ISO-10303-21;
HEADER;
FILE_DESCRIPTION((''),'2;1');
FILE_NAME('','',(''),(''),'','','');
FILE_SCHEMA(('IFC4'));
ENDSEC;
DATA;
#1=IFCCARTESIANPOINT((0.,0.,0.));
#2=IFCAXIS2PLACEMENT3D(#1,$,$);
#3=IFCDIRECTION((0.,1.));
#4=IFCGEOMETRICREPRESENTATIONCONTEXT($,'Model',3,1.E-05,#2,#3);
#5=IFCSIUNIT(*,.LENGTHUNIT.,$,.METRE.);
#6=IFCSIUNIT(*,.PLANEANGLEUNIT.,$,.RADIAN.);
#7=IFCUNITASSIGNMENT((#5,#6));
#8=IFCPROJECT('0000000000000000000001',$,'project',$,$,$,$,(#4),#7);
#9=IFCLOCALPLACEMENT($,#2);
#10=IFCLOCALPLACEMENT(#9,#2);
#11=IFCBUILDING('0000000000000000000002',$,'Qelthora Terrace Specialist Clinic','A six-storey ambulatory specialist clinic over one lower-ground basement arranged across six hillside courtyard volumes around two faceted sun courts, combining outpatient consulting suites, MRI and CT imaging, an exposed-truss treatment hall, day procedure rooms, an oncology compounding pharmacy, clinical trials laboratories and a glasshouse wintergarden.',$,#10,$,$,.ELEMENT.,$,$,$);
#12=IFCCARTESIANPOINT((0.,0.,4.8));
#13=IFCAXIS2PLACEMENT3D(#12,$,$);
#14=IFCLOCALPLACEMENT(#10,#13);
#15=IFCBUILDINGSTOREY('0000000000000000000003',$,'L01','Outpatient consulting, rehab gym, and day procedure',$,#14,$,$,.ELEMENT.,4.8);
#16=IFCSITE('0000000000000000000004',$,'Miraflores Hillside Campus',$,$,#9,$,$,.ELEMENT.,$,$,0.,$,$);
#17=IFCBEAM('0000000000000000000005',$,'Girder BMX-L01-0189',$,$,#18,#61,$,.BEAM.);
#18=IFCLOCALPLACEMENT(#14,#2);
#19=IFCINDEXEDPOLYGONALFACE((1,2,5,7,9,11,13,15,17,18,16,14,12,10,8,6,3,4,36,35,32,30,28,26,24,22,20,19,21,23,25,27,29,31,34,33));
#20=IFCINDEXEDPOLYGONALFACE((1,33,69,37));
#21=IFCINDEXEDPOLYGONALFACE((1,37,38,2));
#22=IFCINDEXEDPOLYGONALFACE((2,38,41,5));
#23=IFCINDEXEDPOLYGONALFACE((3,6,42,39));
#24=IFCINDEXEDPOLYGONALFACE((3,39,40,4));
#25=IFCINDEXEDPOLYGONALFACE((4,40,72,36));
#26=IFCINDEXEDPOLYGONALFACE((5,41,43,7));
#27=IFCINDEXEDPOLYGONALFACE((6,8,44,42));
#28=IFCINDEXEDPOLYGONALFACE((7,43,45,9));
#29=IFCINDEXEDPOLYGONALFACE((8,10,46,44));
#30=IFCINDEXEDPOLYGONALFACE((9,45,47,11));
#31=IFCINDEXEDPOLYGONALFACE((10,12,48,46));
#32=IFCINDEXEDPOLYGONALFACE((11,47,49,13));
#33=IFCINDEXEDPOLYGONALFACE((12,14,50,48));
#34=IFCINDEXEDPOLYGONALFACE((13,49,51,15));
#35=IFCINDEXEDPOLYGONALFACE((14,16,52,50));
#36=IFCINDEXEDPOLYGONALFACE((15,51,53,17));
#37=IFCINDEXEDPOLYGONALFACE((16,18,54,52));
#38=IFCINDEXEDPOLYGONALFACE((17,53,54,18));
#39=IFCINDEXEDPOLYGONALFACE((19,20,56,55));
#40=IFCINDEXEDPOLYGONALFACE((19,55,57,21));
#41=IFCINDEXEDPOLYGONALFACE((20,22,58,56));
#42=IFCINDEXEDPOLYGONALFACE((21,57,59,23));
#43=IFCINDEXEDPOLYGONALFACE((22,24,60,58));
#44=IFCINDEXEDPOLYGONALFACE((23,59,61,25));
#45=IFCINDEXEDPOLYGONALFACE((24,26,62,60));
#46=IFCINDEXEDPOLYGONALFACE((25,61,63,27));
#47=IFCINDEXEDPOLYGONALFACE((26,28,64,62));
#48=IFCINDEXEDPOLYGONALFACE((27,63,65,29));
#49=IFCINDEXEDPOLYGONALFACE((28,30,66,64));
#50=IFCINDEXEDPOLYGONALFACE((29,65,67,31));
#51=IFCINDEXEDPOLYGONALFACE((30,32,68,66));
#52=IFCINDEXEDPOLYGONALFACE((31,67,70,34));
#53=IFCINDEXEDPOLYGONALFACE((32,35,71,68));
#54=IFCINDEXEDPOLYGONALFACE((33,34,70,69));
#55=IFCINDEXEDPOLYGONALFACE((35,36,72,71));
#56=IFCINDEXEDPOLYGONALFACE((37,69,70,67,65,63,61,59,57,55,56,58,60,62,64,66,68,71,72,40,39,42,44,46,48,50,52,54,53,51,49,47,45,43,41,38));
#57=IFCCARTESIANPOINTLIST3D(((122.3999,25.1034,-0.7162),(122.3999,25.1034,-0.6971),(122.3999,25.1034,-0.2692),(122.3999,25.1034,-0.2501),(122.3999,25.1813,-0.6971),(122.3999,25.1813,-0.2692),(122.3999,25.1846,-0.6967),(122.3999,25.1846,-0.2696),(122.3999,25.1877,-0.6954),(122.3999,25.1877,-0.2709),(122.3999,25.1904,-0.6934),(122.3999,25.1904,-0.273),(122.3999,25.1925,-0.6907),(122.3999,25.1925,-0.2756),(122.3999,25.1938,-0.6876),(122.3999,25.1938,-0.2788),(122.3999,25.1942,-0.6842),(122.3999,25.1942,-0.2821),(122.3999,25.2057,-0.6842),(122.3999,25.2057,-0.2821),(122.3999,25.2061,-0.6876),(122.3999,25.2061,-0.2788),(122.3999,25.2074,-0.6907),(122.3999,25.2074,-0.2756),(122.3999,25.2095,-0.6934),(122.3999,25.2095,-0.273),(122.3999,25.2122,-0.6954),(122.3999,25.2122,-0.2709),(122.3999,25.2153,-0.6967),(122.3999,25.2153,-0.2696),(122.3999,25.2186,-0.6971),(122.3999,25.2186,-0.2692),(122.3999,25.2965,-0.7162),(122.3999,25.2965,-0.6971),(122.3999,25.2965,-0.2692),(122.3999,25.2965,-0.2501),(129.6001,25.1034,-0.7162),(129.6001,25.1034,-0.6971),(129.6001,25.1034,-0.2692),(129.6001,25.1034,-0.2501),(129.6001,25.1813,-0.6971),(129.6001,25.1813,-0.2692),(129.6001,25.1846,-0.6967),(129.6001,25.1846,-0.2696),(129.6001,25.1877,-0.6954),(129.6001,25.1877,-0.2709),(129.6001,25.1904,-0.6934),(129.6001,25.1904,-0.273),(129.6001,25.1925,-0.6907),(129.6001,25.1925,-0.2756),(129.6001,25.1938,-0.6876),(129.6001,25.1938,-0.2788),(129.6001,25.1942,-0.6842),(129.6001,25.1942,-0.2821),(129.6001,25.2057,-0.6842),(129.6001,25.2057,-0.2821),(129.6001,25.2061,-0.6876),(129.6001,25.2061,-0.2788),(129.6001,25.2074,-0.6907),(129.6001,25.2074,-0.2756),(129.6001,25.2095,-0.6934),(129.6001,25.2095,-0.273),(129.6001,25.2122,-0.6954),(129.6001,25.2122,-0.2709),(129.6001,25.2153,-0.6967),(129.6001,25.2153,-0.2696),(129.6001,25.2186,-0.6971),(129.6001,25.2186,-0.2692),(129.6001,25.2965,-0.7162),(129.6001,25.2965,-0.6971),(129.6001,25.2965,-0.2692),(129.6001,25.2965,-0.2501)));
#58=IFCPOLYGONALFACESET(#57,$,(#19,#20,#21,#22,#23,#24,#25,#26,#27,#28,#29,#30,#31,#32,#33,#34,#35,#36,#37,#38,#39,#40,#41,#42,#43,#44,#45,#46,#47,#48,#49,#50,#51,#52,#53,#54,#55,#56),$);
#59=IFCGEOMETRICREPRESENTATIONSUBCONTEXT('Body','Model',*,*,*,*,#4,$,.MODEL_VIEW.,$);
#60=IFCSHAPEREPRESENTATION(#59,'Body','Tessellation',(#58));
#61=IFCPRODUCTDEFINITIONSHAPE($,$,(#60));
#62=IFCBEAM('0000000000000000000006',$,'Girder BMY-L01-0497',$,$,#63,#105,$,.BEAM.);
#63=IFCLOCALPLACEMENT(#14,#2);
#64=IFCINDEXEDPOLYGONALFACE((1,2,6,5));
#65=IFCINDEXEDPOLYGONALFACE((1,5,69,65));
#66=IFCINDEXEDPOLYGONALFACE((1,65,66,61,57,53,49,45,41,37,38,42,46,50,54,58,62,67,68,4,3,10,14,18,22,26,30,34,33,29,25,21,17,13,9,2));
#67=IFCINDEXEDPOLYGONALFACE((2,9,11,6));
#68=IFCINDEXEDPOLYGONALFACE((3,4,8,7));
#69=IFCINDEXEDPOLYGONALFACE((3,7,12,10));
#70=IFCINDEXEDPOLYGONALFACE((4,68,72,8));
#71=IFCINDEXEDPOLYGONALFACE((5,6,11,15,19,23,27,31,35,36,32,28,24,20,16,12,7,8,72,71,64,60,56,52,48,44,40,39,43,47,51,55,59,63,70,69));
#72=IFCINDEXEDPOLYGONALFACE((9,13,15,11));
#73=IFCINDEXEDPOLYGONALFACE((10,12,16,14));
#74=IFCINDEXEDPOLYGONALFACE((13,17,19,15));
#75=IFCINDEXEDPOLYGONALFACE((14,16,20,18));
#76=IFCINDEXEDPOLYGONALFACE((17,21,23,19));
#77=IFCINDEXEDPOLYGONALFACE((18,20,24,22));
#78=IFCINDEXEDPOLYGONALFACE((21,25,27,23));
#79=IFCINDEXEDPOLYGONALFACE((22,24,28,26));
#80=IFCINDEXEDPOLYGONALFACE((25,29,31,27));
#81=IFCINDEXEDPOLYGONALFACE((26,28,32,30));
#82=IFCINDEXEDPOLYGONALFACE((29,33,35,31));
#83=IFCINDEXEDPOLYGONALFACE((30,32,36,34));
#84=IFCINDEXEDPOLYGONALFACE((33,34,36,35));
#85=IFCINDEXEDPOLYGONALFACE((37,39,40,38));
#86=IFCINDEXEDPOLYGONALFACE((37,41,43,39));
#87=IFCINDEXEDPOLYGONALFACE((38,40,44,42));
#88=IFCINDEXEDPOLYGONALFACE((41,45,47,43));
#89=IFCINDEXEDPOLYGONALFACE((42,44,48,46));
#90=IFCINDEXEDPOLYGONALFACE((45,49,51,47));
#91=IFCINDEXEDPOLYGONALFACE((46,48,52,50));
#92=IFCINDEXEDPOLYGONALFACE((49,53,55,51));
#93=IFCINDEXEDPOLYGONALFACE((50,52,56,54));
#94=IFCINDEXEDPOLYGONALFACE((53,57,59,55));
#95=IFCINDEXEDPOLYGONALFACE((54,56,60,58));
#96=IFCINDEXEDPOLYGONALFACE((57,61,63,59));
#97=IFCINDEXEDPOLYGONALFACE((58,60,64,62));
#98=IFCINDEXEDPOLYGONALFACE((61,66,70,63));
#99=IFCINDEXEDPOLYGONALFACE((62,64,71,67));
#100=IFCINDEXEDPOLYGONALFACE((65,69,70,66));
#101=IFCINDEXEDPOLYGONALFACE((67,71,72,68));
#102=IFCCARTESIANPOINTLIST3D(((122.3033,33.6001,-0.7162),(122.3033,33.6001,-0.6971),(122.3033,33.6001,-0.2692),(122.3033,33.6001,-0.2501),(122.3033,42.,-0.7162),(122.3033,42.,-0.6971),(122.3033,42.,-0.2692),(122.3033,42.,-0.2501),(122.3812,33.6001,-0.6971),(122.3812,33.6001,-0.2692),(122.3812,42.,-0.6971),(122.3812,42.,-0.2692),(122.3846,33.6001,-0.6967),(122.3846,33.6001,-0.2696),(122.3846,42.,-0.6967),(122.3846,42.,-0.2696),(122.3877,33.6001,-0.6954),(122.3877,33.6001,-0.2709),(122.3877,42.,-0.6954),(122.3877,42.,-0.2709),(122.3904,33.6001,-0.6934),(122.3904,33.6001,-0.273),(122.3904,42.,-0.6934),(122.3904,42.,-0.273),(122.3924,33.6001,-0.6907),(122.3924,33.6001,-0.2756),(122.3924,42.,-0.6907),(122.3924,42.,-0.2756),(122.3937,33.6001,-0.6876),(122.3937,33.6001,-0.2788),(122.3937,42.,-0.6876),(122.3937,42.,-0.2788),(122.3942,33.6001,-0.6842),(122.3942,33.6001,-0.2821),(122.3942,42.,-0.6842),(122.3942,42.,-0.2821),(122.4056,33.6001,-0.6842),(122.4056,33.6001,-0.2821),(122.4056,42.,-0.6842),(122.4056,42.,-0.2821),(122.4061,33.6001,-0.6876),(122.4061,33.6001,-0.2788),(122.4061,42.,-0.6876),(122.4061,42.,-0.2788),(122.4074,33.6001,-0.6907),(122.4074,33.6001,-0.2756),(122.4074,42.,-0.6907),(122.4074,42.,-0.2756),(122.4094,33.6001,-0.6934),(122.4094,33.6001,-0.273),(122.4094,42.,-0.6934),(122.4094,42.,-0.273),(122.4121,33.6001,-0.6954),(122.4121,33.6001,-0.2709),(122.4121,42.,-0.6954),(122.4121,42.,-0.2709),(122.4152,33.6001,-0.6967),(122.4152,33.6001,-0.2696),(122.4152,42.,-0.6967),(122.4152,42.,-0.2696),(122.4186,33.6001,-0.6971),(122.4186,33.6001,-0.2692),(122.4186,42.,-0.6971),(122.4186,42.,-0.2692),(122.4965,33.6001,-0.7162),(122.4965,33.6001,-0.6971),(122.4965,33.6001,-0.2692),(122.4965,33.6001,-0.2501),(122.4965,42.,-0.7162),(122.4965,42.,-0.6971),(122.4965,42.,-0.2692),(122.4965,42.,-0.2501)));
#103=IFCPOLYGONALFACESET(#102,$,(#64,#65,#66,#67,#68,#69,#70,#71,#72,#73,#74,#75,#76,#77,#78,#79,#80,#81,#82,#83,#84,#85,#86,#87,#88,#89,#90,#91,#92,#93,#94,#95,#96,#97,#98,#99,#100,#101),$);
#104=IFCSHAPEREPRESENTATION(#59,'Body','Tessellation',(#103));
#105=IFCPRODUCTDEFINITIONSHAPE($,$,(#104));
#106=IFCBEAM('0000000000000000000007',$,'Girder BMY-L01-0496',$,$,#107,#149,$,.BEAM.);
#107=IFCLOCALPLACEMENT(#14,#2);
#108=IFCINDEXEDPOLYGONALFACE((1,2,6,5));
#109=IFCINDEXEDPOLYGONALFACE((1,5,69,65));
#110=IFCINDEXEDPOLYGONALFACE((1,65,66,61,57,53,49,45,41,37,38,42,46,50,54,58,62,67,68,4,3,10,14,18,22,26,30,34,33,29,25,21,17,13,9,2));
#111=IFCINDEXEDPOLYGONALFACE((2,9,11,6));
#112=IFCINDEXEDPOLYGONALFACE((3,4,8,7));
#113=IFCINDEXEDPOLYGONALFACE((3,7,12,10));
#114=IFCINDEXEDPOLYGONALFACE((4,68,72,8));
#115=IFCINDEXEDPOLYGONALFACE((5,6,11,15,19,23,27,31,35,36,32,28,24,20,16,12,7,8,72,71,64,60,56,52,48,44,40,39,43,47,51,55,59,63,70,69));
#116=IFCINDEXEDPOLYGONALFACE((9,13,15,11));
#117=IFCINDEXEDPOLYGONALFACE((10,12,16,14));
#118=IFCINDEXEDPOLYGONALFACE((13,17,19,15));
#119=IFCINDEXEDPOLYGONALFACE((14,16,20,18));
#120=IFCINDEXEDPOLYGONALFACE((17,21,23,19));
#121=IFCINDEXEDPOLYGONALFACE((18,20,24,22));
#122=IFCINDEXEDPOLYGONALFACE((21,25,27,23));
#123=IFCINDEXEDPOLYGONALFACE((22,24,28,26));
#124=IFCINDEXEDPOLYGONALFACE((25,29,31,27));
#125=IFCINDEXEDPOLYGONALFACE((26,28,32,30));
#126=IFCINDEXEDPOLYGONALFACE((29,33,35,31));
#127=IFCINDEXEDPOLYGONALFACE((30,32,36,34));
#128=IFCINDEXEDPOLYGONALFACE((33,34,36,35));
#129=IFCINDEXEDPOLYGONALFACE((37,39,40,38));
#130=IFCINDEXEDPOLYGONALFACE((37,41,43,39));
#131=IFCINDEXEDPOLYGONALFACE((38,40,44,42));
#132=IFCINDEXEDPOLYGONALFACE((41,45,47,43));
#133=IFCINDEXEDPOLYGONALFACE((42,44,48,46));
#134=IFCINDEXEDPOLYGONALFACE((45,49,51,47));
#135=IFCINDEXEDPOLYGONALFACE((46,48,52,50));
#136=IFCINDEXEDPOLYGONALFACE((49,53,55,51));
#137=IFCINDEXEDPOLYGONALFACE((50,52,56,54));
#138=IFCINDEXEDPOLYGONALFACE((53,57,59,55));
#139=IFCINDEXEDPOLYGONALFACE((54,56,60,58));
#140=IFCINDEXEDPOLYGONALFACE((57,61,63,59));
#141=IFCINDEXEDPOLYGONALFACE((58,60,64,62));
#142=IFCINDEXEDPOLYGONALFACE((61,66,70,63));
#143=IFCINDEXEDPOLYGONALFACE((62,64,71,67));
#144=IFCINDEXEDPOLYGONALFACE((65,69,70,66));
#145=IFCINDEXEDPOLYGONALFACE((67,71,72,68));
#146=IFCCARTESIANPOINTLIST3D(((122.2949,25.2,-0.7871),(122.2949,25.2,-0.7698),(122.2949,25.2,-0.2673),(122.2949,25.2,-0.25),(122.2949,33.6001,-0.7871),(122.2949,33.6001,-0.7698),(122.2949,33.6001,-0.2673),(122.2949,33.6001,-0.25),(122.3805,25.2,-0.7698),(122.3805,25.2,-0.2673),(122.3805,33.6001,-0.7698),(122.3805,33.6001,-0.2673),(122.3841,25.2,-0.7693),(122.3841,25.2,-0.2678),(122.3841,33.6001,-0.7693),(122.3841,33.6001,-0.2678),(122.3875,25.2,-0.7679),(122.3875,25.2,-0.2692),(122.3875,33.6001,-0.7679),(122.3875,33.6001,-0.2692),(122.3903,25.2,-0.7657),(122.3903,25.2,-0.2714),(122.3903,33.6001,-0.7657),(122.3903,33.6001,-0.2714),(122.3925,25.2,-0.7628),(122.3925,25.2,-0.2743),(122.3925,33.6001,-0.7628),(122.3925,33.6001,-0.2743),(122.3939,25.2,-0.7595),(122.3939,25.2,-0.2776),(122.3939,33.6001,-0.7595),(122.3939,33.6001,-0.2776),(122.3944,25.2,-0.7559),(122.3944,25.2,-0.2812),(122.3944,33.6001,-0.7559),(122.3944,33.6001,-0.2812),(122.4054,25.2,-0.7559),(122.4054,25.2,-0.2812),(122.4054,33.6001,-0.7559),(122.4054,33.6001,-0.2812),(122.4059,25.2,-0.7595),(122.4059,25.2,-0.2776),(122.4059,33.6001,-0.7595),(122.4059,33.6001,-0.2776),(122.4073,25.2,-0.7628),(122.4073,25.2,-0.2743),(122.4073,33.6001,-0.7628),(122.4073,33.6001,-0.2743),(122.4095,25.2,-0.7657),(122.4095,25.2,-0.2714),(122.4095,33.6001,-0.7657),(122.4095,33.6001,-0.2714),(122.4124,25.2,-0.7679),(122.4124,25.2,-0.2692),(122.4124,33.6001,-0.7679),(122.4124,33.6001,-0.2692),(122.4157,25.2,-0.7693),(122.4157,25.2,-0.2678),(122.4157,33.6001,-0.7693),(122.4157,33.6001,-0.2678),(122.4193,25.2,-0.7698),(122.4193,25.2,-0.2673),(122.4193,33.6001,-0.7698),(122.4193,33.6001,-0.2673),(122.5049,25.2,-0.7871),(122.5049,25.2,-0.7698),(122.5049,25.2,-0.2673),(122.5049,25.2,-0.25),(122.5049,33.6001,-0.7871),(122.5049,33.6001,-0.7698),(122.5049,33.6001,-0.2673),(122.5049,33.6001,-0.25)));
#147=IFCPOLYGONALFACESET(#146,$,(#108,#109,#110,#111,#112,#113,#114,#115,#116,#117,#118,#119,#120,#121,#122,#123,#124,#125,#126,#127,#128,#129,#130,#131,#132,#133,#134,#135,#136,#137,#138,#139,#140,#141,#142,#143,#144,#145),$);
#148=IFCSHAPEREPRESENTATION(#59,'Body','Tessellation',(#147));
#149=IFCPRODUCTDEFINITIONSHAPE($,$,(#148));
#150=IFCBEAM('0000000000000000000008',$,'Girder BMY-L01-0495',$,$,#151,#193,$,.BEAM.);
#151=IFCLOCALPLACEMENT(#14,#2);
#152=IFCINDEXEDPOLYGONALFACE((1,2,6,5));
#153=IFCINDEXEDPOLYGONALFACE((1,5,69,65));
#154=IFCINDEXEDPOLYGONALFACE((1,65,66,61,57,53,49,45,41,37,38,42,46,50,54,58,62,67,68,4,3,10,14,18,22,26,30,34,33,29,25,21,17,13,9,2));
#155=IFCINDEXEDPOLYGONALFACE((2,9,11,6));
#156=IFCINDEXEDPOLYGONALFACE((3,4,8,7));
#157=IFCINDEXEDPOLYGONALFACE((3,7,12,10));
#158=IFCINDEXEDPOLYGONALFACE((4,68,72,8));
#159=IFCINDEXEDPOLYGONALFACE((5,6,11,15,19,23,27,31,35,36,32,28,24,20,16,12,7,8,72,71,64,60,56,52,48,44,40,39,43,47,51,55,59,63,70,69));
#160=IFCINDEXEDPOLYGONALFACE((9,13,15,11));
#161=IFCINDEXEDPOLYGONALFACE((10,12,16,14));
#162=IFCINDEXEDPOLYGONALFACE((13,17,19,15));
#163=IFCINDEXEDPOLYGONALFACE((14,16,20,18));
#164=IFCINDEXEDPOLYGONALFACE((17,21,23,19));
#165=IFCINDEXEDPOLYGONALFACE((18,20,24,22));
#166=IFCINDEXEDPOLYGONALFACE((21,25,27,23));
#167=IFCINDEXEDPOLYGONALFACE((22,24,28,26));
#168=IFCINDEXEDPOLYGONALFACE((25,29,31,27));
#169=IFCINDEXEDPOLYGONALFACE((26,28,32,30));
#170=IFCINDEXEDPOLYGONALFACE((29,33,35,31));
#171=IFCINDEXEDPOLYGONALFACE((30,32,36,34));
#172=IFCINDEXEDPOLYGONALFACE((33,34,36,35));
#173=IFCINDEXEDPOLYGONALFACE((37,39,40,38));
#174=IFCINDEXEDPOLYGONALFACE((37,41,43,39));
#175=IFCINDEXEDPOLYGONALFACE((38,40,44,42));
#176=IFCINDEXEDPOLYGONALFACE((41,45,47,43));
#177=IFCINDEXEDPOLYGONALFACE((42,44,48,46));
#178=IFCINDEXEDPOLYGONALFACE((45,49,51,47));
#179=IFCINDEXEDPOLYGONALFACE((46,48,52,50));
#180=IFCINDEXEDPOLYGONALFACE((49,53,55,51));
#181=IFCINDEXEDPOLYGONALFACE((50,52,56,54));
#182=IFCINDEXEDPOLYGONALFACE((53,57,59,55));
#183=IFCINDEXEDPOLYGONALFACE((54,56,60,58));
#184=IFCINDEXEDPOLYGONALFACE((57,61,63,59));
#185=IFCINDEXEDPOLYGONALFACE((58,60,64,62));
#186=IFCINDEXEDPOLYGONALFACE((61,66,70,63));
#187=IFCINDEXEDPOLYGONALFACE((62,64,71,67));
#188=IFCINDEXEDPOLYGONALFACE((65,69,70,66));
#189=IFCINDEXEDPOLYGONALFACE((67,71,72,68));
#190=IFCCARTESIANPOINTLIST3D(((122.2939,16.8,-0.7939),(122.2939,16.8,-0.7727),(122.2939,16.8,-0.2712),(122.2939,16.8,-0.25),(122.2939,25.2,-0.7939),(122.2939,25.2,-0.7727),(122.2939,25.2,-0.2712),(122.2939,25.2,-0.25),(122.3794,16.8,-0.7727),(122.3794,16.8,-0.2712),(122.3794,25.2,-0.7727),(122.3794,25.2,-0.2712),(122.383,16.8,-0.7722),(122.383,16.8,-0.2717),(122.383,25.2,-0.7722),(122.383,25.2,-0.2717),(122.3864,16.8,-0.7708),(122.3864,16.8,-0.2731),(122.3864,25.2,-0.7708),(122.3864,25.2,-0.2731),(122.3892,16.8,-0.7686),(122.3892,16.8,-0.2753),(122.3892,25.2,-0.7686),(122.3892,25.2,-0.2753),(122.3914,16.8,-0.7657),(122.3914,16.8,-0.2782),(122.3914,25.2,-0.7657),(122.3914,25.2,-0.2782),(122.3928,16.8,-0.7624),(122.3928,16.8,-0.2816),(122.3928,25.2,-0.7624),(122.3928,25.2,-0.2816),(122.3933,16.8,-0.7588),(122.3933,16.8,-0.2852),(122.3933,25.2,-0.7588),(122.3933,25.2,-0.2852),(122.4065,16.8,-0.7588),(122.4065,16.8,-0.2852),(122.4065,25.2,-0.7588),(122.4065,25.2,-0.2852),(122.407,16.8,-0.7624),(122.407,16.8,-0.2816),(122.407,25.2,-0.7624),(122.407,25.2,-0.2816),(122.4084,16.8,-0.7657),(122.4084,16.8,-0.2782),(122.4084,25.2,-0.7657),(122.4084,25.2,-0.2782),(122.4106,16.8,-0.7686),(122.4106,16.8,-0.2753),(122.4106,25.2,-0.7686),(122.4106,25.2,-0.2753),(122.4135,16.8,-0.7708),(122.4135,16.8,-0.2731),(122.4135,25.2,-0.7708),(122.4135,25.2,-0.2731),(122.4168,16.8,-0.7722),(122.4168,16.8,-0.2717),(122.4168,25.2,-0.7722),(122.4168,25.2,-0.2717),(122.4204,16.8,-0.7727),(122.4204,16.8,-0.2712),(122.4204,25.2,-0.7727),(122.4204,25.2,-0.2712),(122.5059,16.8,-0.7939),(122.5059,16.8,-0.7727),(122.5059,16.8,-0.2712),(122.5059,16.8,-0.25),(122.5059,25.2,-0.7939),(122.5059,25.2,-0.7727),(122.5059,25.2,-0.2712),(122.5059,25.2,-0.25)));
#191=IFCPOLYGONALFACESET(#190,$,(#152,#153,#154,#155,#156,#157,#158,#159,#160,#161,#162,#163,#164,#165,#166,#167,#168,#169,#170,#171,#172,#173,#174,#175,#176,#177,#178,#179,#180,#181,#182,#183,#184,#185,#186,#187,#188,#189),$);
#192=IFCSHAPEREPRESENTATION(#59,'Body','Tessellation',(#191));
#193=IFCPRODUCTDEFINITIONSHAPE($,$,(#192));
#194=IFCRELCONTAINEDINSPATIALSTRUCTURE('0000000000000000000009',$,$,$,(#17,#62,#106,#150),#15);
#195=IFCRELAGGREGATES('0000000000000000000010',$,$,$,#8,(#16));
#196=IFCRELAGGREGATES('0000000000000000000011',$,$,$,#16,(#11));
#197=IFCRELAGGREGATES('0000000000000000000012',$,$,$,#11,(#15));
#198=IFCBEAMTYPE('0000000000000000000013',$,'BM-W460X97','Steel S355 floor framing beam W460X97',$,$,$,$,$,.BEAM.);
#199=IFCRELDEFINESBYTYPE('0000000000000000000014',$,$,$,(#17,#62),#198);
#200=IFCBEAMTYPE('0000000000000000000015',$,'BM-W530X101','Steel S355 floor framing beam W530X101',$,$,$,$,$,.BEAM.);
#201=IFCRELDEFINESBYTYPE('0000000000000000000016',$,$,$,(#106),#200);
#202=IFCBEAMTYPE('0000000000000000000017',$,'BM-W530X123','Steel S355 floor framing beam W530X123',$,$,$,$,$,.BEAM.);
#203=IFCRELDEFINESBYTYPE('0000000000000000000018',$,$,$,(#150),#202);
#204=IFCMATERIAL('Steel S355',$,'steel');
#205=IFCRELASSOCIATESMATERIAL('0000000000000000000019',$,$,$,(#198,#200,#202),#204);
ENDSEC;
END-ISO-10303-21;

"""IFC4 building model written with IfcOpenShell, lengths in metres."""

from ifc_helpers import new_model, si_unit, direction, frame, origin, origin_2d, place, context, subcontext, project, spatial, i_section, extrude, material, material_profile, profile_set, type_object, element, save


model = new_model("IFC4")

# Units and contexts
model_context = context("Model", 3, precision=1e-05, world=origin(), true_north=direction((0.0, 1.0)))
body_context = subcontext(model_context, "Body", "Model", "MODEL_VIEW")
ifc_project = project(units=[si_unit("LENGTHUNIT", "METRE"), si_unit("PLANEANGLEUNIT", "RADIAN")], contexts=[model_context])

# Site, building, storey
site_placement = place(None, origin())
site = spatial("IfcSite", under=ifc_project, at=site_placement, Name="Miraflores Hillside Campus", CompositionType="ELEMENT", RefElevation=0.0)
building_placement = place(site_placement, origin())
building = spatial("IfcBuilding", under=site, at=building_placement, Name="Qelthora Terrace Specialist Clinic", Description="A six-storey ambulatory specialist clinic over one lower-ground basement arranged across six hillside courtyard volumes around two faceted sun courts, combining outpatient consulting suites, MRI and CT imaging, an exposed-truss treatment hall, day procedure rooms, an oncology compounding pharmacy, clinical trials laboratories and a glasshouse wintergarden.", CompositionType="ELEMENT")
storey_placement = place(building_placement, frame((0.0, 0.0, 4.8)))
storey = spatial("IfcBuildingStorey", under=building, at=storey_placement, Name="L01", Description="Outpatient consulting, rehab gym, and day procedure", CompositionType="ELEMENT", Elevation=4.8)

# Shared definitions
ifc_material_1 = material(Name="Steel S355", Category="steel")

# Beams
ifc_material_profile_1 = material_profile(ifc_material_1, i_section(OverallWidth=0.1931, OverallDepth=0.4661, WebThickness=0.0115, FlangeThickness=0.019, FilletRadius=0.0129, at=origin_2d()), Name="W460X97")
ifc_profile_set_1 = profile_set([ifc_material_profile_1], Name="Steel S355")
beam_type_1 = type_object("IfcBeamType", Name="BM-W460X97", Description="Steel S355 floor framing beam W460X97", PredefinedType="BEAM", material=ifc_profile_set_1)
beam_1_placement = place(storey_placement, frame((122.3999, 25.2, -0.4832), z_axis=(1.0, 0.0, 0.0), x_axis=(0.0, 1.0, 0.0)))
element("IfcBeam", 1, at=beam_1_placement, inside=storey, type_object=beam_type_1, Name="Girder BMX-L01-0189", PredefinedType="BEAM", context=body_context, shape_type="SweptSolid", body=[
    extrude(i_section(OverallWidth=0.1931, OverallDepth=0.4661, WebThickness=0.0115, FlangeThickness=0.019, FilletRadius=0.0129, at=origin_2d()), origin(), (0.0, 0.0, 1.0), 7.2002),
])
beam_2_placement = place(storey_placement, frame((122.3999, 33.6001, -0.4832), z_axis=(0.0, 1.0, 0.0), x_axis=(-1.0, 0.0, 0.0)))
element("IfcBeam", 2, at=beam_2_placement, inside=storey, type_object=beam_type_1, Name="Girder BMY-L01-0497", PredefinedType="BEAM", context=body_context, shape_type="SweptSolid", body=[
    extrude(i_section(OverallWidth=0.1931, OverallDepth=0.4661, WebThickness=0.0115, FlangeThickness=0.019, FilletRadius=0.0129, at=origin_2d()), origin(), (0.0, 0.0, 1.0), 8.3999),
])
ifc_material_profile_2 = material_profile(ifc_material_1, i_section(OverallWidth=0.21, OverallDepth=0.5371, WebThickness=0.011, FlangeThickness=0.0173, FilletRadius=0.0139, at=origin_2d()), Name="W530X101")
ifc_profile_set_2 = profile_set([ifc_material_profile_2], Name="Steel S355")
beam_type_2 = type_object("IfcBeamType", Name="BM-W530X101", Description="Steel S355 floor framing beam W530X101", PredefinedType="BEAM", material=ifc_profile_set_2)
beam_3_placement = place(storey_placement, frame((122.3999, 25.2, -0.5186), z_axis=(0.0, 1.0, 0.0), x_axis=(-1.0, 0.0, 0.0)))
element("IfcBeam", 3, at=beam_3_placement, inside=storey, type_object=beam_type_2, Name="Girder BMY-L01-0496", PredefinedType="BEAM", context=body_context, shape_type="SweptSolid", body=[
    extrude(i_section(OverallWidth=0.21, OverallDepth=0.5371, WebThickness=0.011, FlangeThickness=0.0173, FilletRadius=0.0139, at=origin_2d()), origin(), (0.0, 0.0, 1.0), 8.4001),
])
ifc_material_profile_3 = material_profile(ifc_material_1, i_section(OverallWidth=0.2119, OverallDepth=0.5439, WebThickness=0.0132, FlangeThickness=0.0212, FilletRadius=0.0139, at=origin_2d()), Name="W530X123")
ifc_profile_set_3 = profile_set([ifc_material_profile_3], Name="Steel S355")
beam_type_3 = type_object("IfcBeamType", Name="BM-W530X123", Description="Steel S355 floor framing beam W530X123", PredefinedType="BEAM", material=ifc_profile_set_3)
beam_4_placement = place(storey_placement, frame((122.3999, 16.8, -0.522), z_axis=(0.0, 1.0, 0.0), x_axis=(-1.0, 0.0, 0.0)))
element("IfcBeam", 4, at=beam_4_placement, inside=storey, type_object=beam_type_3, Name="Girder BMY-L01-0495", PredefinedType="BEAM", context=body_context, shape_type="SweptSolid", body=[
    extrude(i_section(OverallWidth=0.2119, OverallDepth=0.5439, WebThickness=0.0132, FlangeThickness=0.0212, FilletRadius=0.0139, at=origin_2d()), origin(), (0.0, 0.0, 1.0), 8.3999),
])

save(model, "model.ifc")
